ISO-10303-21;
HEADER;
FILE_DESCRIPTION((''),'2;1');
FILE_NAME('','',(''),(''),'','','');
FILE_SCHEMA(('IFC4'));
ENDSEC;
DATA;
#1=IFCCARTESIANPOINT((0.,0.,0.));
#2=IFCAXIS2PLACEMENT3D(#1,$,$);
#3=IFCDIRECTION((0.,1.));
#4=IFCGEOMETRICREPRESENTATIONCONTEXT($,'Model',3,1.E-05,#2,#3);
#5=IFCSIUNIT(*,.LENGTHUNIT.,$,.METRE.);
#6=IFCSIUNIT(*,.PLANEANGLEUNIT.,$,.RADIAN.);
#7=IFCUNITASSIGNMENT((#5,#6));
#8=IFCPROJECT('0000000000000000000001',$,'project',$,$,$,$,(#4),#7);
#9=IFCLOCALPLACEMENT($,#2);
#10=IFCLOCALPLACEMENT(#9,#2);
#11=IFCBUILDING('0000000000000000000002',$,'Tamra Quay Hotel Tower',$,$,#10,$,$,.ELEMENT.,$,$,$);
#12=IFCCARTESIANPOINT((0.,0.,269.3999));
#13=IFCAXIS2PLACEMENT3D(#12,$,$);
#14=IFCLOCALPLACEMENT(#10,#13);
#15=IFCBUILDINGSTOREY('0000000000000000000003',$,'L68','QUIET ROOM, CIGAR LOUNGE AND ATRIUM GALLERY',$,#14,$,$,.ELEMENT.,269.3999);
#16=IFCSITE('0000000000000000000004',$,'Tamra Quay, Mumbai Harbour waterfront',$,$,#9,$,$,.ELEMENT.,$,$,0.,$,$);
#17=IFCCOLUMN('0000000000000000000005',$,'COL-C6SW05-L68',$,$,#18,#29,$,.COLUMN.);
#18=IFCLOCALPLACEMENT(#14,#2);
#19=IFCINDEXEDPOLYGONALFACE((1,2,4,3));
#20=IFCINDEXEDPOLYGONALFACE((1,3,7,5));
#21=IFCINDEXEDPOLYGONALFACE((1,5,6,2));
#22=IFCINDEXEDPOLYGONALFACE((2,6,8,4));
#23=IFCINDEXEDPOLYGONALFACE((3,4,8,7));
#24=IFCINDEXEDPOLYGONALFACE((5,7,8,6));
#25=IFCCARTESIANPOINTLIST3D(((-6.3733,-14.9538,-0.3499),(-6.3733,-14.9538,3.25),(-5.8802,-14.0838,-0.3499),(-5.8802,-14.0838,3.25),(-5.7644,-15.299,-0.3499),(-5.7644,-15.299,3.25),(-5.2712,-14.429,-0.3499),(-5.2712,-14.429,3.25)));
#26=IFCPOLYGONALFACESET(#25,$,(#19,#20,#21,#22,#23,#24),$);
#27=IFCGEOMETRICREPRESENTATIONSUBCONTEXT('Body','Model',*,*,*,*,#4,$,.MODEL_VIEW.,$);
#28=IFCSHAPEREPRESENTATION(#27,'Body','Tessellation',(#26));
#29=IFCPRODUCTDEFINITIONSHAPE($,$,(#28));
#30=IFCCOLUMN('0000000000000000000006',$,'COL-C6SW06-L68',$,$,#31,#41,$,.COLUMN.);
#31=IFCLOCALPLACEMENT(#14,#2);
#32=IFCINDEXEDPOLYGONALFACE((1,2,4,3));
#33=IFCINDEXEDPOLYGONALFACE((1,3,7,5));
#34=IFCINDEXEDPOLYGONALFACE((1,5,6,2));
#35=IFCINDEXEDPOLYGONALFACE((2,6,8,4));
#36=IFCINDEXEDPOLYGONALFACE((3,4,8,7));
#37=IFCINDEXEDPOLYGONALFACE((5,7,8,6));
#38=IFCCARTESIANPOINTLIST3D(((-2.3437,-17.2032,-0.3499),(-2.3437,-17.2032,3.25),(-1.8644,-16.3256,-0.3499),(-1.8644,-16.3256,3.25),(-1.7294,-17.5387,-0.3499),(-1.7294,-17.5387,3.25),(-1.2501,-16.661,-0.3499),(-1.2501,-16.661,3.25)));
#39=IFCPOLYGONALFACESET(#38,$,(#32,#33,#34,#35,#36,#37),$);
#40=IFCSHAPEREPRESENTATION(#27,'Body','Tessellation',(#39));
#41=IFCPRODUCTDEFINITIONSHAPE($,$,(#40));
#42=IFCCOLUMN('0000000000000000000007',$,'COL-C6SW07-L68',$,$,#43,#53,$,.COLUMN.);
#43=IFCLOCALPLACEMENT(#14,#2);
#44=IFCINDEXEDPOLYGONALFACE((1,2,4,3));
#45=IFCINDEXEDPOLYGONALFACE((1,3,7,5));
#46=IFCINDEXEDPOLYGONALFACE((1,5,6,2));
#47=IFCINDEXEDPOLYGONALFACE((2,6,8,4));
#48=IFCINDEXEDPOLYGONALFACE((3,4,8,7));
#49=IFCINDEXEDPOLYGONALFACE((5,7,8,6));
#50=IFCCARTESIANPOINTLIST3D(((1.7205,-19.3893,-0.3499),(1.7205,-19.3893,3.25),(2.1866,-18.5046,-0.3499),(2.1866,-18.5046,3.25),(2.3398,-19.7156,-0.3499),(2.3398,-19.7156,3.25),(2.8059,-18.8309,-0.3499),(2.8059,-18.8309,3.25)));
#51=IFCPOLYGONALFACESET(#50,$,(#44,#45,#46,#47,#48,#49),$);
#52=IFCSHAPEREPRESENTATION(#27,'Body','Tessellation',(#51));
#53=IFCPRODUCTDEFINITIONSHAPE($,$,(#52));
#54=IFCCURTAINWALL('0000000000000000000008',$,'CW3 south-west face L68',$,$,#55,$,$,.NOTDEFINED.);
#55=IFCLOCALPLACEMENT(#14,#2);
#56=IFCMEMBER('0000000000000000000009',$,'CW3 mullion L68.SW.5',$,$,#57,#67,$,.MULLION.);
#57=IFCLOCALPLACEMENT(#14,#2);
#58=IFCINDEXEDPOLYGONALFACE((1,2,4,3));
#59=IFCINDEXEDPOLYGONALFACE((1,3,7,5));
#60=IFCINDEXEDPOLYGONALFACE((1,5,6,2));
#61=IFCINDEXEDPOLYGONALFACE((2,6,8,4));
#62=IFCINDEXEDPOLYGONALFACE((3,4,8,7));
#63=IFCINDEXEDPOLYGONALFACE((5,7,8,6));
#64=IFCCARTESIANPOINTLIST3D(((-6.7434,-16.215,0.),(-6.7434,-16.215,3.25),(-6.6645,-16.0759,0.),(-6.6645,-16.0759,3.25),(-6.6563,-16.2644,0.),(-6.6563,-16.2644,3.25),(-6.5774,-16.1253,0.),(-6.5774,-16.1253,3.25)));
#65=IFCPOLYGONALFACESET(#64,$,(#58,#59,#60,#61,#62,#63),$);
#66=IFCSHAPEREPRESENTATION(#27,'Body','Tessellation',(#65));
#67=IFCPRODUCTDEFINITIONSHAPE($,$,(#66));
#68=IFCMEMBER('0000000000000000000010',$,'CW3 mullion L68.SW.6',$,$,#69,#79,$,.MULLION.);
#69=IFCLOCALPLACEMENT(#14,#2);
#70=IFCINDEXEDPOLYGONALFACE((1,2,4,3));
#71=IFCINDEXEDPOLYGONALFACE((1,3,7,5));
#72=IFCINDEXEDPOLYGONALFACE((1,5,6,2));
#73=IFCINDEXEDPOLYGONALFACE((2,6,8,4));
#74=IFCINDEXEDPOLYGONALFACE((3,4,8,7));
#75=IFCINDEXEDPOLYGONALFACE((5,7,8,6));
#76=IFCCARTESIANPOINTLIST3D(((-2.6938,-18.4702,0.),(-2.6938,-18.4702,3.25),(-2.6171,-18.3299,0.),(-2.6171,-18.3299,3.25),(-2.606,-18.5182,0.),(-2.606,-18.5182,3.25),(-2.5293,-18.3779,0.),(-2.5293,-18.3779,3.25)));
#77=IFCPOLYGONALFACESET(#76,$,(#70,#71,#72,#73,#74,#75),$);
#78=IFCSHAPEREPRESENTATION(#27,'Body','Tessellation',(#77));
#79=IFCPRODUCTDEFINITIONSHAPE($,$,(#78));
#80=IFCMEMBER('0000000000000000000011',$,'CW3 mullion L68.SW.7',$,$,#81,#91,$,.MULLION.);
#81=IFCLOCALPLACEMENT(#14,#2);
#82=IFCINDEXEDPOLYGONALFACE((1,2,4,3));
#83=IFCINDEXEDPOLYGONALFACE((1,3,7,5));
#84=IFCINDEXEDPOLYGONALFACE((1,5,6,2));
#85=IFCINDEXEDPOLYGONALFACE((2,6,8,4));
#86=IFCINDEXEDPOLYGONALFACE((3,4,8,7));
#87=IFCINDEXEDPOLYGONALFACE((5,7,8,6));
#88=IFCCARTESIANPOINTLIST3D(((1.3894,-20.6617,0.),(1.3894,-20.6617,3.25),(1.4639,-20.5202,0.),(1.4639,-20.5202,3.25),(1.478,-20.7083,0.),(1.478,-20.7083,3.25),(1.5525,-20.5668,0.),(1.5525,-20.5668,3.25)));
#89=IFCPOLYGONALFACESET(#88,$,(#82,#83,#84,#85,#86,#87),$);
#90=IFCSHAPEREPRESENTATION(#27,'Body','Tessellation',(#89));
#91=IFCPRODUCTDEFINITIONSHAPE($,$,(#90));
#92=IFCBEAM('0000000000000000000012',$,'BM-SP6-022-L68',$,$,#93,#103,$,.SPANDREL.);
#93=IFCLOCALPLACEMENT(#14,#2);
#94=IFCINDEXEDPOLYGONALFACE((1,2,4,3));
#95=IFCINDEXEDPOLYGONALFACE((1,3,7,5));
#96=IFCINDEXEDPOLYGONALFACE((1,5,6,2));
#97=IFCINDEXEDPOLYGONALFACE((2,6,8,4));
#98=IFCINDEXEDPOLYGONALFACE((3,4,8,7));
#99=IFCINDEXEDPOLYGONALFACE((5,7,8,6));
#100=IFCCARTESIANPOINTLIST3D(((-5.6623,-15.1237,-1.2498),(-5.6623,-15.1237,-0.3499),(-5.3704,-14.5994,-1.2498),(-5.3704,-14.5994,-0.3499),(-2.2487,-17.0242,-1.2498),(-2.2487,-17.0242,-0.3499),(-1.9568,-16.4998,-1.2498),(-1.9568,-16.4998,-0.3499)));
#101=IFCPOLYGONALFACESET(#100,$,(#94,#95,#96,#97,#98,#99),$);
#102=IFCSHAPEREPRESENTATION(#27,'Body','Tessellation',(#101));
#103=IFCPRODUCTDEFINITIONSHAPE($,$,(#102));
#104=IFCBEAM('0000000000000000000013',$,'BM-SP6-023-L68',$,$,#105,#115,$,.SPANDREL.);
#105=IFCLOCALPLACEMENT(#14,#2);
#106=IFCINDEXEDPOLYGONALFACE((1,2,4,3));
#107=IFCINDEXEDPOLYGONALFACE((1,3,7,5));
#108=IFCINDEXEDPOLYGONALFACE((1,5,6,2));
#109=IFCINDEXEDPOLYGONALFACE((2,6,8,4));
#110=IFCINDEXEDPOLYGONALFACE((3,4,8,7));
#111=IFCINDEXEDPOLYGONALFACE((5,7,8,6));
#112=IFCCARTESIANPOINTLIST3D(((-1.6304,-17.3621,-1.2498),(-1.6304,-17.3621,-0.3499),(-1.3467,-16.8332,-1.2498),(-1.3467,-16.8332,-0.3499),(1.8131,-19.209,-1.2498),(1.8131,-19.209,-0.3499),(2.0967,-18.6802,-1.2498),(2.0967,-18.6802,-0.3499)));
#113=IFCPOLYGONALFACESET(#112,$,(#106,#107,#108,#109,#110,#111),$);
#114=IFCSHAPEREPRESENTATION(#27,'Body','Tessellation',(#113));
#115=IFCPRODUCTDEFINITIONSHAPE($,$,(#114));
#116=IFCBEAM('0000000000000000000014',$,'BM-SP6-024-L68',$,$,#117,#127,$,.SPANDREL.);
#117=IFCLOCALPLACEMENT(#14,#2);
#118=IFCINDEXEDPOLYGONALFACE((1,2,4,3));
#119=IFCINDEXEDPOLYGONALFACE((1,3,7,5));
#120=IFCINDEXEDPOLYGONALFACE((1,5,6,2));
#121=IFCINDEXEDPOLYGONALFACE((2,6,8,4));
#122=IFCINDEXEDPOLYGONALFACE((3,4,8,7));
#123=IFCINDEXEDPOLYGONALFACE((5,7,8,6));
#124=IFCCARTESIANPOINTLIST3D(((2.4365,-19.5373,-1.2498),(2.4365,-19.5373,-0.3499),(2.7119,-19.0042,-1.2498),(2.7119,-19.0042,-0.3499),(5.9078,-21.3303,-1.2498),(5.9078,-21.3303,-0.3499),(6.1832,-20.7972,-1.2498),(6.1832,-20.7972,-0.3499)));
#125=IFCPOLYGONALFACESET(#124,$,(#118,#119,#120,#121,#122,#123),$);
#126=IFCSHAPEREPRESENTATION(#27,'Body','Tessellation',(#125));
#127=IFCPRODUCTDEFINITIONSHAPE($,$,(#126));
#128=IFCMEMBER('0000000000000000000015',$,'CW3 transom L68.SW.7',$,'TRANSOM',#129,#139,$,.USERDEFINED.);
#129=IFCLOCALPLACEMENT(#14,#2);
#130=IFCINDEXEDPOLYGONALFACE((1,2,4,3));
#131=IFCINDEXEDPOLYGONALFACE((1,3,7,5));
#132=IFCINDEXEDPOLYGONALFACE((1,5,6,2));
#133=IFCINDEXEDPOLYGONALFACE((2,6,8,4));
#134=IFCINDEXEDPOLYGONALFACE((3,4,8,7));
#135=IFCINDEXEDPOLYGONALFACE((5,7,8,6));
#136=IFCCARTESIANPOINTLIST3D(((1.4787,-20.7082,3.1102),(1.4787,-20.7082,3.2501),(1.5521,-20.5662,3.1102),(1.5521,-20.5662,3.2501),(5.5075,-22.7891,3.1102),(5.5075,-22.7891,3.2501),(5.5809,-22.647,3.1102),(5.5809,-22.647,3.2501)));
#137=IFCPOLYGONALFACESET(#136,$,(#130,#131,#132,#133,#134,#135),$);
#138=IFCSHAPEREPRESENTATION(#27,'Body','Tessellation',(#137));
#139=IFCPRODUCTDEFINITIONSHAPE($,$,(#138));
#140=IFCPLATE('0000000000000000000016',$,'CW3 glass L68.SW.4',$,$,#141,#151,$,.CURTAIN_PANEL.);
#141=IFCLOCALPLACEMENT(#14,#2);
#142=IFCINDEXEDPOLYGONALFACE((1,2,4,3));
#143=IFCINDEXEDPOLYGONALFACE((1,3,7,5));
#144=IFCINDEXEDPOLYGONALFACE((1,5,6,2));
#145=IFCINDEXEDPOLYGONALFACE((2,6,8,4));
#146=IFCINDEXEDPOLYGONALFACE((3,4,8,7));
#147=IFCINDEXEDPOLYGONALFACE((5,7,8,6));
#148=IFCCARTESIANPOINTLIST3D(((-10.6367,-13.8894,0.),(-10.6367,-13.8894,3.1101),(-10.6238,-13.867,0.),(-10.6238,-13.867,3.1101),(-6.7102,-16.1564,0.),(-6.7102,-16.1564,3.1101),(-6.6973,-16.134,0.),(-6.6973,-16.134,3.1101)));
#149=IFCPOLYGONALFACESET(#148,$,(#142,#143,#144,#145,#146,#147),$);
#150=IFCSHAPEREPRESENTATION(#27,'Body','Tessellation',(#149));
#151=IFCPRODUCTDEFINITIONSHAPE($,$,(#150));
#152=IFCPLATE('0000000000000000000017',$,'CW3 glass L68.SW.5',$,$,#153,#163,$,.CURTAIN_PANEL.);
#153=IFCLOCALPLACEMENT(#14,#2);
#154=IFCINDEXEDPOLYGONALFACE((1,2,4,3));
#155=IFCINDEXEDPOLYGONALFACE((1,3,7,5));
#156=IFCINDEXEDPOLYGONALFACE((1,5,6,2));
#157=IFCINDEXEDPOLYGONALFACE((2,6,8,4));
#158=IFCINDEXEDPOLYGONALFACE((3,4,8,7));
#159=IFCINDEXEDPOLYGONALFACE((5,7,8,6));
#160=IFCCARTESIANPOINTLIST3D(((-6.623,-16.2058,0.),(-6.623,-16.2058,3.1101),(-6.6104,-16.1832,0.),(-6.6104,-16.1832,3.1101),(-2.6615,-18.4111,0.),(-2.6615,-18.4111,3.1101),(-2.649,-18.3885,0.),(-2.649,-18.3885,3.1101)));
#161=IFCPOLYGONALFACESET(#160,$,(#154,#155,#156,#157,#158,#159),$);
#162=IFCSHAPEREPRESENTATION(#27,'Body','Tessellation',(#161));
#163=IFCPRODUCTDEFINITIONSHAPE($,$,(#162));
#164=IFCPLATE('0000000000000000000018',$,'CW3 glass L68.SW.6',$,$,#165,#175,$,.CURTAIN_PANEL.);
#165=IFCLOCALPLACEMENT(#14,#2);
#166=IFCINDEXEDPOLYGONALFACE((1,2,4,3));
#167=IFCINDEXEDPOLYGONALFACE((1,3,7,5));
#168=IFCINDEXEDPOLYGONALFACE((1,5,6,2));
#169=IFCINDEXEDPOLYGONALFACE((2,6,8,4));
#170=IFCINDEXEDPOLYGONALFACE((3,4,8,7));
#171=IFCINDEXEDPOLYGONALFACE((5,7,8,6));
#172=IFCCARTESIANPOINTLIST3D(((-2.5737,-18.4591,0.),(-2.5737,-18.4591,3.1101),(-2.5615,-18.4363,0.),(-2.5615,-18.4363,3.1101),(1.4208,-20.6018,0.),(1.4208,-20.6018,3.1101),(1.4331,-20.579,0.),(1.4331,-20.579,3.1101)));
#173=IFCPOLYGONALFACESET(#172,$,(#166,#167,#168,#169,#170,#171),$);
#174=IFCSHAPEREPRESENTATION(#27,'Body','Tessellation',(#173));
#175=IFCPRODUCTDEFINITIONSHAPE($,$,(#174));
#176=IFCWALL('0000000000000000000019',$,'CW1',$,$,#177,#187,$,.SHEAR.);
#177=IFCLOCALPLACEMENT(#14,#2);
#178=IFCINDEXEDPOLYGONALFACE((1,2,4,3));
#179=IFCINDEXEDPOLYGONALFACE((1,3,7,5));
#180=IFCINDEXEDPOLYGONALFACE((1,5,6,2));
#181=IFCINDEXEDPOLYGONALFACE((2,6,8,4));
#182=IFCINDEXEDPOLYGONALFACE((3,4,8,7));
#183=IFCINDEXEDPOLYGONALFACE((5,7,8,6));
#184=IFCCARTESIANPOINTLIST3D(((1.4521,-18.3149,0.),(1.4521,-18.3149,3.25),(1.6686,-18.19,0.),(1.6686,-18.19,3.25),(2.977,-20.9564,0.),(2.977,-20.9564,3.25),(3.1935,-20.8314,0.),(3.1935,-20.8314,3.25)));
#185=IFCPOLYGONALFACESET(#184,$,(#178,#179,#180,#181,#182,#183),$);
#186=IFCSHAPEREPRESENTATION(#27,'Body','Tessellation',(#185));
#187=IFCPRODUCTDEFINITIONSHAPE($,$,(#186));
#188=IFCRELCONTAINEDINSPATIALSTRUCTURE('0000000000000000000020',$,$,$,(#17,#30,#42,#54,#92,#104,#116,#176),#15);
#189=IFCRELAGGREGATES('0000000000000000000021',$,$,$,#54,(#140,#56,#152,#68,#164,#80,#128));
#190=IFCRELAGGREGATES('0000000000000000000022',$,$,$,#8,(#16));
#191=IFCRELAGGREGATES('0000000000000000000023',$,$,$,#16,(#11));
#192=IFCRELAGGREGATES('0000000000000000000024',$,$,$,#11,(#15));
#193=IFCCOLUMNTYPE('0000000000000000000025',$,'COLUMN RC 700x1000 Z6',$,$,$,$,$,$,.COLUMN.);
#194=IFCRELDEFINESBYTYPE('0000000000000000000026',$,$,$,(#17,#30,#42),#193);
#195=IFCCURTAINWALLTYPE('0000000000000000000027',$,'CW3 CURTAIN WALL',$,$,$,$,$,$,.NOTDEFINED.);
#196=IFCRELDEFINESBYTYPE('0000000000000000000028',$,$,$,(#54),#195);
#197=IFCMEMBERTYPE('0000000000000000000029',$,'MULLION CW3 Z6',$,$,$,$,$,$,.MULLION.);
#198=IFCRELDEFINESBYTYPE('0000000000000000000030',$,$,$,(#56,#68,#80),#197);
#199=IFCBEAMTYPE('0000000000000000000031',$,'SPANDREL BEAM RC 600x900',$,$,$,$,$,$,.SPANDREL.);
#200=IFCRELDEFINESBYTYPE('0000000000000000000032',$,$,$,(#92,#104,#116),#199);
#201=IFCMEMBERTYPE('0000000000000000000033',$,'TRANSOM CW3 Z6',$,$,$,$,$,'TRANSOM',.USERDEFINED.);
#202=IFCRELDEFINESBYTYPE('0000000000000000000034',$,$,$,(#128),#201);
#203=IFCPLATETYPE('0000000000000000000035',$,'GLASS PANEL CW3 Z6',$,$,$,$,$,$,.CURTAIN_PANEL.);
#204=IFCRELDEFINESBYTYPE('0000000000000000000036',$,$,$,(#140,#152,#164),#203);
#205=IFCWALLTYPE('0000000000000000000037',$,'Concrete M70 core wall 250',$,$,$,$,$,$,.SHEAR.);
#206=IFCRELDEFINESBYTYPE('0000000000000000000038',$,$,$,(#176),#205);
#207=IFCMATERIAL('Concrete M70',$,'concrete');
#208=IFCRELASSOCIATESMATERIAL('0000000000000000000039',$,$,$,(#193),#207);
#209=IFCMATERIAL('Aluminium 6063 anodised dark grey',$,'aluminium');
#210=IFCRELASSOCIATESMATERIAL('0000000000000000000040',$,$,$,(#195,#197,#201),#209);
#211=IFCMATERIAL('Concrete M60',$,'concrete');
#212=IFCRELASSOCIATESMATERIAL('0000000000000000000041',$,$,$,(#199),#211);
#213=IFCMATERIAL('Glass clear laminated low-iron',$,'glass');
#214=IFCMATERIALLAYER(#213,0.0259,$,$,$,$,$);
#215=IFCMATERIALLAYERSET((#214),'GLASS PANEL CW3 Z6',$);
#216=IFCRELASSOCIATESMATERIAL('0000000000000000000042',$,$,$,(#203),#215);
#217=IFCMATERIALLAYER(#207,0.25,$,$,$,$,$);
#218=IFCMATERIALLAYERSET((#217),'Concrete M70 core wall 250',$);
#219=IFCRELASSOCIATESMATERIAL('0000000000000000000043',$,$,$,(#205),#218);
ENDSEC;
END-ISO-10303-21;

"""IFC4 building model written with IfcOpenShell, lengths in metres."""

from ifc_helpers import new_model, si_unit, direction, frame, frame_2d, origin, origin_2d, place, context, subcontext, project, spatial, rectangle, extrude, material, layer, layer_set, material_profile, profile_set, type_object, element, aggregate, save


model = new_model("IFC4")

# Units and contexts
model_context = context("Model", 3, precision=1e-05, world=origin(), true_north=direction((0.0, 1.0)))
body_context = subcontext(model_context, "Body", "Model", "MODEL_VIEW")
ifc_project = project(units=[si_unit("LENGTHUNIT", "METRE"), si_unit("PLANEANGLEUNIT", "RADIAN")], contexts=[model_context])

# Site, building, storey
site_placement = place(None, origin())
site = spatial("IfcSite", under=ifc_project, at=site_placement, Name="Tamra Quay, Mumbai Harbour waterfront", CompositionType="ELEMENT", RefElevation=0.0)
building_placement = place(site_placement, origin())
building = spatial("IfcBuilding", under=site, at=building_placement, Name="Tamra Quay Hotel Tower", CompositionType="ELEMENT")
storey_placement = place(building_placement, frame((0.0, 0.0, 269.3999)))
storey = spatial("IfcBuildingStorey", under=building, at=storey_placement, Name="L68", Description="QUIET ROOM, CIGAR LOUNGE AND ATRIUM GALLERY", CompositionType="ELEMENT", Elevation=269.3999)

# Columns
ifc_material_1 = material(Name="Concrete M70", Category="concrete")
ifc_material_profile_1 = material_profile(ifc_material_1, rectangle(XDim=1.0, YDim=0.7, at=origin_2d()), Name="COLUMN RC 700x1000 Z6")
ifc_profile_set_1 = profile_set([ifc_material_profile_1], Name="Concrete M70")
column_type = type_object("IfcColumnType", Name="COLUMN RC 700x1000 Z6", PredefinedType="COLUMN", material=ifc_profile_set_1)
for number, where, z_axis, x_axis, name in (
    (1, (-5.8223, -14.6914, -0.3499), (0.0, 0.0, 1.0), (0.493125, 0.869958, 0.0), "COL-C6SW05-L68"),
    (2, (-1.7969, -16.9321, -0.3499), (0.0, 0.0, 1.0), (0.479288, 0.877658, 0.0), "COL-C6SW06-L68"),
    (3, (2.2632, -19.1101, -0.3499), (0.0, 0.0, 1.0), (0.466118, 0.884723, 0.0), "COL-C6SW07-L68"),
):
    element("IfcColumn", number, at=place(storey_placement, frame(where, z_axis=z_axis, x_axis=x_axis)), inside=storey, type_object=column_type, Name=name, PredefinedType="COLUMN", context=body_context, shape_type="SweptSolid", body=[
        extrude(rectangle(XDim=1.0, YDim=0.7, at=origin_2d()), origin(), (0.0, 0.0, 1.0), 3.5999),
    ])

# Curtain wall, members
ifc_material_2 = material(Name="Aluminium 6063 anodised dark grey", Category="aluminium")
curtain_wall_type = type_object("IfcCurtainWallType", Name="CW3 CURTAIN WALL", PredefinedType="NOTDEFINED", material=ifc_material_2)
curtain_wall_placement = place(storey_placement, origin())
curtain_wall = element("IfcCurtainWall", 4, at=curtain_wall_placement, inside=storey, type_object=curtain_wall_type, Name="CW3 south-west face L68", PredefinedType="NOTDEFINED")
ifc_material_profile_2 = material_profile(ifc_material_2, rectangle(XDim=0.1599, YDim=0.1001, at=origin_2d()), Name="MULLION 100X160")
ifc_profile_set_2 = profile_set([ifc_material_profile_2], Name="Aluminium 6063 anodised dark grey")
member_type_1 = type_object("IfcMemberType", Name="MULLION CW3 Z6", PredefinedType="MULLION", material=ifc_profile_set_2)
member_1_placement = place(storey_placement, frame((-6.6604, -16.1702, 0.0), z_axis=(0.0, 0.0, 1.0), x_axis=(-0.493215, -0.869907, 0.0)))
member_1 = element("IfcMember", 5, at=member_1_placement, type_object=member_type_1, Name="CW3 mullion L68.SW.5", PredefinedType="MULLION", context=body_context, shape_type="SweptSolid", body=[
    extrude(rectangle(XDim=0.1599, YDim=0.1001, at=origin_2d()), origin(), (0.0, 0.0, 1.0), 3.25),
])
member_2_placement = place(storey_placement, frame((-2.6116, -18.4241, 0.0), z_axis=(0.0, 0.0, 1.0), x_axis=(-0.479565, -0.877506, 0.0)))
member_2 = element("IfcMember", 6, at=member_2_placement, type_object=member_type_1, Name="CW3 mullion L68.SW.6", PredefinedType="MULLION", context=body_context, shape_type="SweptSolid", body=[
    extrude(rectangle(XDim=0.1599, YDim=0.1001, at=origin_2d()), origin(), (0.0, 0.0, 1.0), 3.25),
])
member_3_placement = place(storey_placement, frame((1.4709, -20.6143, 0.0), z_axis=(0.0, 0.0, 1.0), x_axis=(-0.465816, -0.884882, 0.0)))
member_3 = element("IfcMember", 7, at=member_3_placement, type_object=member_type_1, Name="CW3 mullion L68.SW.7", PredefinedType="MULLION", context=body_context, shape_type="SweptSolid", body=[
    extrude(rectangle(XDim=0.1599, YDim=0.1001, at=origin_2d()), origin(), (0.0, 0.0, 1.0), 3.25),
])

# Beams
ifc_material_3 = material(Name="Concrete M60", Category="concrete")
ifc_material_profile_3 = material_profile(ifc_material_3, rectangle(XDim=0.6001, YDim=0.8999, at=origin_2d()), Name="SPANDREL BEAM RC 600x900")
ifc_profile_set_3 = profile_set([ifc_material_profile_3], Name="Concrete M60")
beam_type = type_object("IfcBeamType", Name="SPANDREL BEAM RC 600x900", PredefinedType="SPANDREL", material=ifc_profile_set_3)
beam_1_placement = place(storey_placement, frame((-5.5164, -14.8616, -0.7998), z_axis=(0.873727, -0.486417, 0.0), x_axis=(0.486417, 0.873727, 0.0)))
element("IfcBeam", 8, at=beam_1_placement, inside=storey, type_object=beam_type, Name="BM-SP6-022-L68", PredefinedType="SPANDREL", context=body_context, shape_type="SweptSolid", body=[
    extrude(rectangle(XDim=0.6001, YDim=0.8999, at=origin_2d()), origin(), (0.0, 0.0, 1.0), 3.907),
])
beam_2_placement = place(storey_placement, frame((-1.4885, -17.0977, -0.7998), z_axis=(0.881238, -0.472672, 0.0), x_axis=(0.472672, 0.881238, 0.0)))
element("IfcBeam", 9, at=beam_2_placement, inside=storey, type_object=beam_type, Name="BM-SP6-023-L68", PredefinedType="SPANDREL", context=body_context, shape_type="SweptSolid", body=[
    extrude(rectangle(XDim=0.6001, YDim=0.8999, at=origin_2d()), origin(), (0.0, 0.0, 1.0), 3.9075),
])
beam_3_placement = place(storey_placement, frame((2.5742, -19.2708, -0.7998), z_axis=(0.888476, -0.458923, 0.0), x_axis=(0.458923, 0.888476, 0.0)))
element("IfcBeam", 10, at=beam_3_placement, inside=storey, type_object=beam_type, Name="BM-SP6-024-L68", PredefinedType="SPANDREL", context=body_context, shape_type="SweptSolid", body=[
    extrude(rectangle(XDim=0.6001, YDim=0.8999, at=origin_2d()), origin(), (0.0, 0.0, 1.0), 3.907),
])

# Member
ifc_material_profile_4 = material_profile(ifc_material_2, rectangle(XDim=0.1599, YDim=0.1399, at=origin_2d()), Name="TRANSOM 160X140")
ifc_profile_set_4 = profile_set([ifc_material_profile_4], Name="Aluminium 6063 anodised dark grey")
member_type_2 = type_object("IfcMemberType", Name="TRANSOM CW3 Z6", ElementType="TRANSOM", PredefinedType="USERDEFINED", material=ifc_profile_set_4)
member_4_placement = place(storey_placement, frame((1.5154, -20.6372, 3.1802), z_axis=(0.888492, -0.458891, 0.0), x_axis=(0.458891, 0.888492, 0.0)))
member_4 = element("IfcMember", 11, at=member_4_placement, type_object=member_type_2, Name="CW3 transom L68.SW.7", ObjectType="TRANSOM", PredefinedType="USERDEFINED", context=body_context, shape_type="SweptSolid", body=[
    extrude(rectangle(XDim=0.1599, YDim=0.1399, at=origin_2d()), origin(), (0.0, 0.0, 1.0), 4.5344),
])

# Plates
ifc_material_4 = material(Name="Glass clear laminated low-iron", Category="glass")
ifc_layer_1 = layer(ifc_material_4, 0.0259)
ifc_layer_set_1 = layer_set([ifc_layer_1], Name="GLASS PANEL CW3 Z6")
plate_type = type_object("IfcPlateType", Name="GLASS PANEL CW3 Z6", PredefinedType="CURTAIN_PANEL", material=ifc_layer_set_1)
plate_1_placement = place(storey_placement, frame((-8.667, -15.0117, 0.0), z_axis=(0.0, 0.0, 1.0), x_axis=(0.866025, -0.5, 0.0)))
plate_1 = element("IfcPlate", 12, at=plate_1_placement, type_object=plate_type, Name="CW3 glass L68.SW.4", PredefinedType="CURTAIN_PANEL", context=body_context, shape_type="SweptSolid", body=[
    extrude(rectangle(XDim=4.5339, YDim=0.0259, at=origin_2d()), origin(), (0.0, 0.0, 1.0), 3.1101),
])
plate_2_placement = place(storey_placement, frame((-4.636, -17.2971, 0.0), z_axis=(0.0, 0.0, 1.0), x_axis=(0.873736, -0.486401, 0.0)))
plate_2 = element("IfcPlate", 13, at=plate_2_placement, type_object=plate_type, Name="CW3 glass L68.SW.5", PredefinedType="CURTAIN_PANEL", context=body_context, shape_type="SweptSolid", body=[
    extrude(rectangle(XDim=4.5339, YDim=0.0259, at=origin_2d()), origin(), (0.0, 0.0, 1.0), 3.1101),
])
plate_3_placement = place(storey_placement, frame((-0.5703, -19.519, 0.0), z_axis=(0.0, 0.0, 1.0), x_axis=(0.881224, -0.4727, 0.0)))
plate_3 = element("IfcPlate", 14, at=plate_3_placement, type_object=plate_type, Name="CW3 glass L68.SW.6", PredefinedType="CURTAIN_PANEL", context=body_context, shape_type="SweptSolid", body=[
    extrude(rectangle(XDim=4.533, YDim=0.0259, at=origin_2d()), origin(), (0.0, 0.0, 1.0), 3.1101),
])
aggregate(curtain_wall, [plate_1, member_1, plate_2, member_2, plate_3, member_3, member_4])

# Wall
ifc_layer_2 = layer(ifc_material_1, 0.25)
ifc_layer_set_2 = layer_set([ifc_layer_2], Name="Concrete M70 core wall 250")
wall_type_1 = type_object("IfcWallType", Name="Concrete M70 core wall 250", PredefinedType="SHEAR", material=ifc_layer_set_2)
wall_1_placement = place(storey_placement, frame((3.0852, -20.8938, 0.0), z_axis=(0.0, 0.0, 1.0), x_axis=(-0.499979, 0.866038, 0.0)))
element("IfcWall", 15, at=wall_1_placement, inside=storey, type_object=wall_type_1, Name="CW1", PredefinedType="SHEAR", context=body_context, shape_type="SweptSolid", body=[
    extrude(rectangle(XDim=3.05, YDim=0.25, at=frame_2d((1.5249, 0.0))), origin(), (0.0, 0.0, 1.0), 3.25),
])

save(model, "model.ifc")
